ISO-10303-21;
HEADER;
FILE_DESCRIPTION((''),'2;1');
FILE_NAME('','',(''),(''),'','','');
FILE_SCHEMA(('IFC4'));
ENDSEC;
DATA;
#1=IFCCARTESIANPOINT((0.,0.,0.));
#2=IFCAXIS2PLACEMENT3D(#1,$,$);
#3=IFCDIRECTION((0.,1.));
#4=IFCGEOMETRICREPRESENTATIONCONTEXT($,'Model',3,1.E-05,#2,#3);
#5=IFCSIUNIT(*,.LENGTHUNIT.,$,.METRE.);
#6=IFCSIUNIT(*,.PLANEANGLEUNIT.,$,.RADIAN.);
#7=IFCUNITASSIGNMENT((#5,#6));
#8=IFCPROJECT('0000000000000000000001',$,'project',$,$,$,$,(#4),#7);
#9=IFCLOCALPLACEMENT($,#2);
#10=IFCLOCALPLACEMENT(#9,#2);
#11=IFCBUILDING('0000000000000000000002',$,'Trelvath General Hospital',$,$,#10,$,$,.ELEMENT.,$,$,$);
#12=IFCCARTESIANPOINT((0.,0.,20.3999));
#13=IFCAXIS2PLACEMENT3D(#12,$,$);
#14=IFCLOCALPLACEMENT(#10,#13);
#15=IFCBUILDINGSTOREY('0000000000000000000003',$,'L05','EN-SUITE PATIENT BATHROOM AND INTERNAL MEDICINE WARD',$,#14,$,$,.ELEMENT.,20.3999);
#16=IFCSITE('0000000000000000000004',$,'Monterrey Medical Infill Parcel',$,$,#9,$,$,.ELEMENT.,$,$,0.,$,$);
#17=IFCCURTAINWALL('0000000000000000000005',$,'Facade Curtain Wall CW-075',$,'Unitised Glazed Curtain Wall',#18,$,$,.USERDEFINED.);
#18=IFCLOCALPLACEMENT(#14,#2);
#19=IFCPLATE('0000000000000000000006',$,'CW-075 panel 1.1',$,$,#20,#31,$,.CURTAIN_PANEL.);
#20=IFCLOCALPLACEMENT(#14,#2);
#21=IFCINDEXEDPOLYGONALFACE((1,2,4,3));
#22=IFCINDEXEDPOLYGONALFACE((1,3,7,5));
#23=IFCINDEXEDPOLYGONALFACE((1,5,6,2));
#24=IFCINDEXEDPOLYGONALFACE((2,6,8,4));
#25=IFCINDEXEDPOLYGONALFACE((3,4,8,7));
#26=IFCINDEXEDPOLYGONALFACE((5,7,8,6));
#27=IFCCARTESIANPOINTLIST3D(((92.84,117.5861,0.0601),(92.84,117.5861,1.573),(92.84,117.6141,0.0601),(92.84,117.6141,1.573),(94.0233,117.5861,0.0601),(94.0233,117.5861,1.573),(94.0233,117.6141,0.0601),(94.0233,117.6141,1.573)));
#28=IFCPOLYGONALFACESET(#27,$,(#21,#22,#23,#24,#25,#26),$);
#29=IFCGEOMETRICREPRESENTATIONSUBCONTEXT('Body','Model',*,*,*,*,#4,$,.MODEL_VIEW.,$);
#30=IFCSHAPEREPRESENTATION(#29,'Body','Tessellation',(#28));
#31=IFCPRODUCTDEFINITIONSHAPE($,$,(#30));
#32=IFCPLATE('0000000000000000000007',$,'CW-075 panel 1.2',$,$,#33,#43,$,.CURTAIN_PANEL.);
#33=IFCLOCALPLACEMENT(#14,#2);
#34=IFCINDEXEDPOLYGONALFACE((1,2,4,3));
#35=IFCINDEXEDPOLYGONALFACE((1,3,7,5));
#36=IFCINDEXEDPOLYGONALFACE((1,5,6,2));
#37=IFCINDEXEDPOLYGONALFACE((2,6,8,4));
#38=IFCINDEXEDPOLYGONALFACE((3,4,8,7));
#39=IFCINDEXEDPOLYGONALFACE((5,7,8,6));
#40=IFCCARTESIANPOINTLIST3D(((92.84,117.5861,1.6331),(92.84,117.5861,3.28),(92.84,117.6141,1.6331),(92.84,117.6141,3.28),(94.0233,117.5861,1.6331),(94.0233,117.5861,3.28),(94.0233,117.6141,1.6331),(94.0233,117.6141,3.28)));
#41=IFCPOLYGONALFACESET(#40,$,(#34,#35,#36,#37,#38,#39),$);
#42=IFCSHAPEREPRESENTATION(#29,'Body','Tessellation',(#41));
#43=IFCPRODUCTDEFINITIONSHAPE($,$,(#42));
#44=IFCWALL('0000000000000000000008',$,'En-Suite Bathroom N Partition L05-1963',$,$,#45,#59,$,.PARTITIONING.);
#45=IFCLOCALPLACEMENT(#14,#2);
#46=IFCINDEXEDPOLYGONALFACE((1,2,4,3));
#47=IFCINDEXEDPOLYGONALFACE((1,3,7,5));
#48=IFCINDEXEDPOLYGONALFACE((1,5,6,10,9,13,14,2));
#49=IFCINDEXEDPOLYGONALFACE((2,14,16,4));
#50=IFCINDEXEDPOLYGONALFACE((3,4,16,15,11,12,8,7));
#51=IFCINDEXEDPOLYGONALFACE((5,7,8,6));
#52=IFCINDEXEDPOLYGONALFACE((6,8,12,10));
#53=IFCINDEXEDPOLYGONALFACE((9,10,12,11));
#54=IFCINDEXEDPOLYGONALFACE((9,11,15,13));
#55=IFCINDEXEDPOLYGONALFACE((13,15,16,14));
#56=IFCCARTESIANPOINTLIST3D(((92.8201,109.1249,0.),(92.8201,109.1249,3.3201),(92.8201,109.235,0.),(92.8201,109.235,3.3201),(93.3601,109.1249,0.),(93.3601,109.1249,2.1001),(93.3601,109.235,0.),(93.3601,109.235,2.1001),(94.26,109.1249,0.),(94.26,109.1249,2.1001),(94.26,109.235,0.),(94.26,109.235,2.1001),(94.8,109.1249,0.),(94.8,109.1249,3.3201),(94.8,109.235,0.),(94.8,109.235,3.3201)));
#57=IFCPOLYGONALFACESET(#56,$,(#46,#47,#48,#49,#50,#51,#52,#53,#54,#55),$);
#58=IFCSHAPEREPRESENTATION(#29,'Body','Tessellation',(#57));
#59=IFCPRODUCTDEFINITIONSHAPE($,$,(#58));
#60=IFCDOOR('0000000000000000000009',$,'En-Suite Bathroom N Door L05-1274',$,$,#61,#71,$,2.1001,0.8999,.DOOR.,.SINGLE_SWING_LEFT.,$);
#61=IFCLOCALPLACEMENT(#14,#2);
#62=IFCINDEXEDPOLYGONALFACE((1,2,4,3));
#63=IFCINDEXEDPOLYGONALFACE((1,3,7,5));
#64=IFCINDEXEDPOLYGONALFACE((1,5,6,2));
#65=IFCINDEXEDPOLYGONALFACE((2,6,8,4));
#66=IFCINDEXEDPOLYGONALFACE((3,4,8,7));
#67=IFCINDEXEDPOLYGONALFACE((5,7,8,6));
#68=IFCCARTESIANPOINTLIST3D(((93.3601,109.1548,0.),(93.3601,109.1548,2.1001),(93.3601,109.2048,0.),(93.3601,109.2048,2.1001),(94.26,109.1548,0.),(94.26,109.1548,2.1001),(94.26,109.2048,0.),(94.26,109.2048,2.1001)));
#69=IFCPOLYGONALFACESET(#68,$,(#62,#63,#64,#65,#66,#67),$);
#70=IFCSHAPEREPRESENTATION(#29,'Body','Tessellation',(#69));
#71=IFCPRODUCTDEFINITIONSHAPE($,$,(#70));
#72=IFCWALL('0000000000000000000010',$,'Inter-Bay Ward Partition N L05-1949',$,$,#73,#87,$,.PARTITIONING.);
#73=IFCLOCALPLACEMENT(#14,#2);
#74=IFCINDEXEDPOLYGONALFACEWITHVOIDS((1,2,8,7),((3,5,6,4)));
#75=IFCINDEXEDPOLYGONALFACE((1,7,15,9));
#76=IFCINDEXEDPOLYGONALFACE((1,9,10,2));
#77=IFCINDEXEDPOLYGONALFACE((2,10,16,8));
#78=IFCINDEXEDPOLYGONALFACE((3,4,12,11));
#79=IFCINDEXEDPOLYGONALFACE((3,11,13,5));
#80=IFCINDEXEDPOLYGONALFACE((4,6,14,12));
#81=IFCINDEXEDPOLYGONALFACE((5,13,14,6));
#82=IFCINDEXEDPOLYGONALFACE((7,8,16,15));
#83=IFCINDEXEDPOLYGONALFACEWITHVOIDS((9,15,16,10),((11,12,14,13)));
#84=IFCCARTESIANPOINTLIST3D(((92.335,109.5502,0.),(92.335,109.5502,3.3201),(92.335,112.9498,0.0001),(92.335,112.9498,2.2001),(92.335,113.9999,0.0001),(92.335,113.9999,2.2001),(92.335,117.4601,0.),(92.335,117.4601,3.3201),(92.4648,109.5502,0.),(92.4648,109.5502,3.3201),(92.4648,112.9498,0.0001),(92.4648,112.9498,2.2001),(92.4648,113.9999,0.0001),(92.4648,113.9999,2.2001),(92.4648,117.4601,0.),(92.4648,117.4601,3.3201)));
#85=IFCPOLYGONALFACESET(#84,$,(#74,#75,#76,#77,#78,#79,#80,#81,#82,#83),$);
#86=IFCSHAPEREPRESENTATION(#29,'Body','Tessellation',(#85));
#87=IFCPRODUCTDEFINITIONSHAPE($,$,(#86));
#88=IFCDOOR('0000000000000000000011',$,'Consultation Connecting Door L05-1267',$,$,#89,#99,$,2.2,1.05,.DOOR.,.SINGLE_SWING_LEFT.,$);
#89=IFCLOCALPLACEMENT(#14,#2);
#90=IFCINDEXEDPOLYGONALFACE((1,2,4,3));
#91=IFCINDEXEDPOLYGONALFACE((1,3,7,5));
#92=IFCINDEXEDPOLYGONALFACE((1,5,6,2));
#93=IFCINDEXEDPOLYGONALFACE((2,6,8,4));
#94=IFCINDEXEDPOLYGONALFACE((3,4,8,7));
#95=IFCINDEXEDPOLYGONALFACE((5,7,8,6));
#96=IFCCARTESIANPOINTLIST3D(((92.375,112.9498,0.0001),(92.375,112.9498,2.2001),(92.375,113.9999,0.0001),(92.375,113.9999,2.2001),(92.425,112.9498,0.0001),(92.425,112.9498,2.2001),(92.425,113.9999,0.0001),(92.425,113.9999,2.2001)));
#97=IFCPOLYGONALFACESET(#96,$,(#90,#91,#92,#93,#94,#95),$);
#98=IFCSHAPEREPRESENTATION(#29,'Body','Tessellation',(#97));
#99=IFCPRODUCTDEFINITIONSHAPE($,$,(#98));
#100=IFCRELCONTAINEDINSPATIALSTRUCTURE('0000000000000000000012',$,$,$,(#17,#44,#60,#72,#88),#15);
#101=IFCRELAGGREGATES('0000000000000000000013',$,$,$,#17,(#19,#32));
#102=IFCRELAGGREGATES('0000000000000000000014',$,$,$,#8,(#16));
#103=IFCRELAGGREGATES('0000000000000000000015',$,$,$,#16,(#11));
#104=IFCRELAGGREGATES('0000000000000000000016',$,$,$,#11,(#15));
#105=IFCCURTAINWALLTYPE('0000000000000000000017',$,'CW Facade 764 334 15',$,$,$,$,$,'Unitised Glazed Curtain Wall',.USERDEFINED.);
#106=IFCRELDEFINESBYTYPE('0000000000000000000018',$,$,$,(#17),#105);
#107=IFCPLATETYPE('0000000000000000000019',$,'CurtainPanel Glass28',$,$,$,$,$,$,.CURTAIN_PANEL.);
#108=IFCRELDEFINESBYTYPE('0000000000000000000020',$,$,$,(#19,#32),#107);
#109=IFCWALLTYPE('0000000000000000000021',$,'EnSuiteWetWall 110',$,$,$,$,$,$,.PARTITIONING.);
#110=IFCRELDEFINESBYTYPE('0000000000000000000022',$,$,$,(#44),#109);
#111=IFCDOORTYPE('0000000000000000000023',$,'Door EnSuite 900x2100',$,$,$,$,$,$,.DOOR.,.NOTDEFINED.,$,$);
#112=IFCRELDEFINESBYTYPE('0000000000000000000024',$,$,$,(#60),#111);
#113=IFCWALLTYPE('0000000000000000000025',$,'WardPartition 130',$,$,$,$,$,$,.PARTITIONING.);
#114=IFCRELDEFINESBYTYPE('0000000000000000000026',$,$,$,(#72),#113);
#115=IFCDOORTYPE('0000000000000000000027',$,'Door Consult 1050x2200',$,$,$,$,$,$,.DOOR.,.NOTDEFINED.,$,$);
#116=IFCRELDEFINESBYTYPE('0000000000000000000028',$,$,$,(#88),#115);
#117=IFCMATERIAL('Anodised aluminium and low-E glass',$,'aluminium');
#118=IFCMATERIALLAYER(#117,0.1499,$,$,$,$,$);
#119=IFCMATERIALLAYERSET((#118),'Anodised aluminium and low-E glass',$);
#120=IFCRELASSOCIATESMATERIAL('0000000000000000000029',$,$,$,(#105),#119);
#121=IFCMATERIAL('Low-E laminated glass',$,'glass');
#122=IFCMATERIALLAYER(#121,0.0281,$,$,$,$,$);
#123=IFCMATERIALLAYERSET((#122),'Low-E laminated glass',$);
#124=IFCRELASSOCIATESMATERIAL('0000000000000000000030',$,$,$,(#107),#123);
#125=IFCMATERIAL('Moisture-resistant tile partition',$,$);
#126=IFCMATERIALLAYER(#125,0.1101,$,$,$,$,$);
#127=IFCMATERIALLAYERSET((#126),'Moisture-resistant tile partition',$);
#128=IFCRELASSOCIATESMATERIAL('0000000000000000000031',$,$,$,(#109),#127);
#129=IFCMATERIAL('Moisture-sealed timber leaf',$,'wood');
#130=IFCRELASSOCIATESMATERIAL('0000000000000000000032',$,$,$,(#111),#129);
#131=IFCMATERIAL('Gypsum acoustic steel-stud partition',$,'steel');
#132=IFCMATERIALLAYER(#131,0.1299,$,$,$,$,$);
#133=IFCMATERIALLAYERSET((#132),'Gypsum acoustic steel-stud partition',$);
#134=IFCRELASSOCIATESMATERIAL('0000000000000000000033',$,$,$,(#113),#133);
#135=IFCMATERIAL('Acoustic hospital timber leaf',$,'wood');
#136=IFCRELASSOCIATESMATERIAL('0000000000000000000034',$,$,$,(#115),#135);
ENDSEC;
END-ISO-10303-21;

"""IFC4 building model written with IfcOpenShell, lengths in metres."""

from ifc_helpers import new_model, si_unit, direction, frame, frame_2d, origin, origin_2d, place, context, subcontext, project, spatial, rectangle, extrude, material, layer, layer_set, type_object, element, fill, aggregate, save


model = new_model("IFC4")

# Units and contexts
model_context = context("Model", 3, precision=1e-05, world=origin(), true_north=direction((0.0, 1.0)))
body_context = subcontext(model_context, "Body", "Model", "MODEL_VIEW")
ifc_project = project(units=[si_unit("LENGTHUNIT", "METRE"), si_unit("PLANEANGLEUNIT", "RADIAN")], contexts=[model_context])

# Site, building, storey
site_placement = place(None, origin())
site = spatial("IfcSite", under=ifc_project, at=site_placement, Name="Monterrey Medical Infill Parcel", CompositionType="ELEMENT", RefElevation=0.0)
building_placement = place(site_placement, origin())
building = spatial("IfcBuilding", under=site, at=building_placement, Name="Trelvath General Hospital", CompositionType="ELEMENT")
storey_placement = place(building_placement, frame((0.0, 0.0, 20.3999)))
storey = spatial("IfcBuildingStorey", under=building, at=storey_placement, Name="L05", Description="EN-SUITE PATIENT BATHROOM AND INTERNAL MEDICINE WARD", CompositionType="ELEMENT", Elevation=20.3999)

# Curtain wall, plates
ifc_material_1 = material(Name="Anodised aluminium and low-E glass", Category="aluminium")
ifc_layer_1 = layer(ifc_material_1, 0.1499)
ifc_layer_set_1 = layer_set([ifc_layer_1], Name="Anodised aluminium and low-E glass")
curtain_wall_type = type_object("IfcCurtainWallType", Name="CW Facade 764 334 15", ElementType="Unitised Glazed Curtain Wall", PredefinedType="USERDEFINED", material=ifc_layer_set_1)
curtain_wall_placement = place(storey_placement, origin())
curtain_wall = element("IfcCurtainWall", 1, at=curtain_wall_placement, inside=storey, type_object=curtain_wall_type, Name="Facade Curtain Wall CW-075", ObjectType="Unitised Glazed Curtain Wall", PredefinedType="USERDEFINED")
ifc_material_2 = material(Name="Low-E laminated glass", Category="glass")
ifc_layer_2 = layer(ifc_material_2, 0.0281)
ifc_layer_set_2 = layer_set([ifc_layer_2], Name="Low-E laminated glass")
plate_type = type_object("IfcPlateType", Name="CurtainPanel Glass28", PredefinedType="CURTAIN_PANEL", material=ifc_layer_set_2)
plate_1_placement = place(storey_placement, frame((93.4316, 117.6001, 0.0601), z_axis=(0.0, 0.0, 1.0), x_axis=(1.0, 0.0, 0.0)))
plate_1 = element("IfcPlate", 2, at=plate_1_placement, type_object=plate_type, Name="CW-075 panel 1.1", PredefinedType="CURTAIN_PANEL", context=body_context, shape_type="SweptSolid", body=[
    extrude(rectangle(XDim=1.1833, YDim=0.0281, at=origin_2d()), origin(), (0.0, 0.0, 1.0), 1.5129),
])
plate_2_placement = place(storey_placement, frame((93.4316, 117.6001, 1.6331), z_axis=(0.0, 0.0, 1.0), x_axis=(1.0, 0.0, 0.0)))
plate_2 = element("IfcPlate", 3, at=plate_2_placement, type_object=plate_type, Name="CW-075 panel 1.2", PredefinedType="CURTAIN_PANEL", context=body_context, shape_type="SweptSolid", body=[
    extrude(rectangle(XDim=1.1833, YDim=0.0281, at=origin_2d()), origin(), (0.0, 0.0, 1.0), 1.647),
])
aggregate(curtain_wall, [plate_1, plate_2])

# Walls, openings, doors
ifc_material_3 = material(Name="Moisture-resistant tile partition")
ifc_layer_3 = layer(ifc_material_3, 0.1101)
ifc_layer_set_3 = layer_set([ifc_layer_3], Name="Moisture-resistant tile partition")
wall_type_1 = type_object("IfcWallType", Name="EnSuiteWetWall 110", PredefinedType="PARTITIONING", material=ifc_layer_set_3)
wall_1_placement = place(storey_placement, frame((92.8201, 109.1799, 0.0), z_axis=(0.0, 0.0, 1.0), x_axis=(1.0, 0.0, 0.0)))
wall_1 = element("IfcWall", 4, at=wall_1_placement, inside=storey, type_object=wall_type_1, Name="En-Suite Bathroom N Partition L05-1963", PredefinedType="PARTITIONING", context=body_context, shape_type="SweptSolid", body=[
    extrude(rectangle(XDim=1.98, YDim=0.1101, at=frame_2d((0.99, 0.0))), origin(), (0.0, 0.0, 1.0), 3.3201),
])
opening_1_placement = place(wall_1_placement, frame((0.54, 0.0, 0.0)))
opening_1 = element("IfcOpeningElement", 5, at=opening_1_placement, cuts=wall_1, PredefinedType="OPENING", context=body_context, shape_type="SweptSolid", body=[
    extrude(rectangle(XDim=0.8999, YDim=2.1001, at=frame_2d((0.45, 1.05))), frame((0.0, 0.0649, 0.0), z_axis=(0.0, -1.0, 0.0), x_axis=(1.0, 0.0, 0.0)), (0.0, 0.0, 1.0), 0.1301),
])
ifc_material_4 = material(Name="Moisture-sealed timber leaf", Category="wood")
door_type_1 = type_object("IfcDoorType", Name="Door EnSuite 900x2100", OperationType="NOTDEFINED", PredefinedType="DOOR", material=ifc_material_4)
door_1_placement = place(opening_1_placement, origin())
door_1 = element("IfcDoor", 6, at=door_1_placement, inside=storey, type_object=door_type_1, Name="En-Suite Bathroom N Door L05-1274", OperationType="SINGLE_SWING_LEFT", OverallHeight=2.1001, OverallWidth=0.8999, PredefinedType="DOOR", context=body_context, shape_type="SweptSolid", body=[
    extrude(rectangle(XDim=0.8999, YDim=2.1001, at=frame_2d((0.45, 1.05))), frame((0.0, 0.0249, 0.0), z_axis=(0.0, -1.0, 0.0), x_axis=(1.0, 0.0, 0.0)), (0.0, 0.0, 1.0), 0.05),
])
fill(opening_1, door_1)
ifc_material_5 = material(Name="Gypsum acoustic steel-stud partition", Category="steel")
ifc_layer_4 = layer(ifc_material_5, 0.1299)
ifc_layer_set_4 = layer_set([ifc_layer_4], Name="Gypsum acoustic steel-stud partition")
wall_type_2 = type_object("IfcWallType", Name="WardPartition 130", PredefinedType="PARTITIONING", material=ifc_layer_set_4)
wall_2_placement = place(storey_placement, frame((92.3999, 109.55, 0.0), z_axis=(0.0, 0.0, 1.0), x_axis=(0.0, 1.0, 0.0)))
wall_2 = element("IfcWall", 7, at=wall_2_placement, inside=storey, type_object=wall_type_2, Name="Inter-Bay Ward Partition N L05-1949", PredefinedType="PARTITIONING", context=body_context, shape_type="SweptSolid", body=[
    extrude(rectangle(XDim=7.9099, YDim=0.1299, at=frame_2d((3.9551, 0.0))), origin(), (0.0, 0.0, 1.0), 3.3201),
])
opening_2_placement = place(wall_2_placement, frame((3.3999, 0.0, 0.0)))
opening_2 = element("IfcOpeningElement", 8, at=opening_2_placement, cuts=wall_2, PredefinedType="OPENING", context=body_context, shape_type="SweptSolid", body=[
    extrude(rectangle(XDim=1.05, YDim=2.2, at=frame_2d((0.5249, 1.1001))), frame((0.0, 0.075, 0.0), z_axis=(0.0, -1.0, 0.0), x_axis=(1.0, 0.0, 0.0)), (0.0, 0.0, 1.0), 0.1499),
])
ifc_material_6 = material(Name="Acoustic hospital timber leaf", Category="wood")
door_type_2 = type_object("IfcDoorType", Name="Door Consult 1050x2200", OperationType="NOTDEFINED", PredefinedType="DOOR", material=ifc_material_6)
door_2_placement = place(opening_2_placement, origin())
door_2 = element("IfcDoor", 9, at=door_2_placement, inside=storey, type_object=door_type_2, Name="Consultation Connecting Door L05-1267", OperationType="SINGLE_SWING_LEFT", OverallHeight=2.2, OverallWidth=1.05, PredefinedType="DOOR", context=body_context, shape_type="SweptSolid", body=[
    extrude(rectangle(XDim=1.05, YDim=2.2, at=frame_2d((0.5249, 1.1001))), frame((0.0, 0.0249, 0.0), z_axis=(0.0, -1.0, 0.0), x_axis=(1.0, 0.0, 0.0)), (0.0, 0.0, 1.0), 0.05),
])
fill(opening_2, door_2)

save(model, "model.ifc")
